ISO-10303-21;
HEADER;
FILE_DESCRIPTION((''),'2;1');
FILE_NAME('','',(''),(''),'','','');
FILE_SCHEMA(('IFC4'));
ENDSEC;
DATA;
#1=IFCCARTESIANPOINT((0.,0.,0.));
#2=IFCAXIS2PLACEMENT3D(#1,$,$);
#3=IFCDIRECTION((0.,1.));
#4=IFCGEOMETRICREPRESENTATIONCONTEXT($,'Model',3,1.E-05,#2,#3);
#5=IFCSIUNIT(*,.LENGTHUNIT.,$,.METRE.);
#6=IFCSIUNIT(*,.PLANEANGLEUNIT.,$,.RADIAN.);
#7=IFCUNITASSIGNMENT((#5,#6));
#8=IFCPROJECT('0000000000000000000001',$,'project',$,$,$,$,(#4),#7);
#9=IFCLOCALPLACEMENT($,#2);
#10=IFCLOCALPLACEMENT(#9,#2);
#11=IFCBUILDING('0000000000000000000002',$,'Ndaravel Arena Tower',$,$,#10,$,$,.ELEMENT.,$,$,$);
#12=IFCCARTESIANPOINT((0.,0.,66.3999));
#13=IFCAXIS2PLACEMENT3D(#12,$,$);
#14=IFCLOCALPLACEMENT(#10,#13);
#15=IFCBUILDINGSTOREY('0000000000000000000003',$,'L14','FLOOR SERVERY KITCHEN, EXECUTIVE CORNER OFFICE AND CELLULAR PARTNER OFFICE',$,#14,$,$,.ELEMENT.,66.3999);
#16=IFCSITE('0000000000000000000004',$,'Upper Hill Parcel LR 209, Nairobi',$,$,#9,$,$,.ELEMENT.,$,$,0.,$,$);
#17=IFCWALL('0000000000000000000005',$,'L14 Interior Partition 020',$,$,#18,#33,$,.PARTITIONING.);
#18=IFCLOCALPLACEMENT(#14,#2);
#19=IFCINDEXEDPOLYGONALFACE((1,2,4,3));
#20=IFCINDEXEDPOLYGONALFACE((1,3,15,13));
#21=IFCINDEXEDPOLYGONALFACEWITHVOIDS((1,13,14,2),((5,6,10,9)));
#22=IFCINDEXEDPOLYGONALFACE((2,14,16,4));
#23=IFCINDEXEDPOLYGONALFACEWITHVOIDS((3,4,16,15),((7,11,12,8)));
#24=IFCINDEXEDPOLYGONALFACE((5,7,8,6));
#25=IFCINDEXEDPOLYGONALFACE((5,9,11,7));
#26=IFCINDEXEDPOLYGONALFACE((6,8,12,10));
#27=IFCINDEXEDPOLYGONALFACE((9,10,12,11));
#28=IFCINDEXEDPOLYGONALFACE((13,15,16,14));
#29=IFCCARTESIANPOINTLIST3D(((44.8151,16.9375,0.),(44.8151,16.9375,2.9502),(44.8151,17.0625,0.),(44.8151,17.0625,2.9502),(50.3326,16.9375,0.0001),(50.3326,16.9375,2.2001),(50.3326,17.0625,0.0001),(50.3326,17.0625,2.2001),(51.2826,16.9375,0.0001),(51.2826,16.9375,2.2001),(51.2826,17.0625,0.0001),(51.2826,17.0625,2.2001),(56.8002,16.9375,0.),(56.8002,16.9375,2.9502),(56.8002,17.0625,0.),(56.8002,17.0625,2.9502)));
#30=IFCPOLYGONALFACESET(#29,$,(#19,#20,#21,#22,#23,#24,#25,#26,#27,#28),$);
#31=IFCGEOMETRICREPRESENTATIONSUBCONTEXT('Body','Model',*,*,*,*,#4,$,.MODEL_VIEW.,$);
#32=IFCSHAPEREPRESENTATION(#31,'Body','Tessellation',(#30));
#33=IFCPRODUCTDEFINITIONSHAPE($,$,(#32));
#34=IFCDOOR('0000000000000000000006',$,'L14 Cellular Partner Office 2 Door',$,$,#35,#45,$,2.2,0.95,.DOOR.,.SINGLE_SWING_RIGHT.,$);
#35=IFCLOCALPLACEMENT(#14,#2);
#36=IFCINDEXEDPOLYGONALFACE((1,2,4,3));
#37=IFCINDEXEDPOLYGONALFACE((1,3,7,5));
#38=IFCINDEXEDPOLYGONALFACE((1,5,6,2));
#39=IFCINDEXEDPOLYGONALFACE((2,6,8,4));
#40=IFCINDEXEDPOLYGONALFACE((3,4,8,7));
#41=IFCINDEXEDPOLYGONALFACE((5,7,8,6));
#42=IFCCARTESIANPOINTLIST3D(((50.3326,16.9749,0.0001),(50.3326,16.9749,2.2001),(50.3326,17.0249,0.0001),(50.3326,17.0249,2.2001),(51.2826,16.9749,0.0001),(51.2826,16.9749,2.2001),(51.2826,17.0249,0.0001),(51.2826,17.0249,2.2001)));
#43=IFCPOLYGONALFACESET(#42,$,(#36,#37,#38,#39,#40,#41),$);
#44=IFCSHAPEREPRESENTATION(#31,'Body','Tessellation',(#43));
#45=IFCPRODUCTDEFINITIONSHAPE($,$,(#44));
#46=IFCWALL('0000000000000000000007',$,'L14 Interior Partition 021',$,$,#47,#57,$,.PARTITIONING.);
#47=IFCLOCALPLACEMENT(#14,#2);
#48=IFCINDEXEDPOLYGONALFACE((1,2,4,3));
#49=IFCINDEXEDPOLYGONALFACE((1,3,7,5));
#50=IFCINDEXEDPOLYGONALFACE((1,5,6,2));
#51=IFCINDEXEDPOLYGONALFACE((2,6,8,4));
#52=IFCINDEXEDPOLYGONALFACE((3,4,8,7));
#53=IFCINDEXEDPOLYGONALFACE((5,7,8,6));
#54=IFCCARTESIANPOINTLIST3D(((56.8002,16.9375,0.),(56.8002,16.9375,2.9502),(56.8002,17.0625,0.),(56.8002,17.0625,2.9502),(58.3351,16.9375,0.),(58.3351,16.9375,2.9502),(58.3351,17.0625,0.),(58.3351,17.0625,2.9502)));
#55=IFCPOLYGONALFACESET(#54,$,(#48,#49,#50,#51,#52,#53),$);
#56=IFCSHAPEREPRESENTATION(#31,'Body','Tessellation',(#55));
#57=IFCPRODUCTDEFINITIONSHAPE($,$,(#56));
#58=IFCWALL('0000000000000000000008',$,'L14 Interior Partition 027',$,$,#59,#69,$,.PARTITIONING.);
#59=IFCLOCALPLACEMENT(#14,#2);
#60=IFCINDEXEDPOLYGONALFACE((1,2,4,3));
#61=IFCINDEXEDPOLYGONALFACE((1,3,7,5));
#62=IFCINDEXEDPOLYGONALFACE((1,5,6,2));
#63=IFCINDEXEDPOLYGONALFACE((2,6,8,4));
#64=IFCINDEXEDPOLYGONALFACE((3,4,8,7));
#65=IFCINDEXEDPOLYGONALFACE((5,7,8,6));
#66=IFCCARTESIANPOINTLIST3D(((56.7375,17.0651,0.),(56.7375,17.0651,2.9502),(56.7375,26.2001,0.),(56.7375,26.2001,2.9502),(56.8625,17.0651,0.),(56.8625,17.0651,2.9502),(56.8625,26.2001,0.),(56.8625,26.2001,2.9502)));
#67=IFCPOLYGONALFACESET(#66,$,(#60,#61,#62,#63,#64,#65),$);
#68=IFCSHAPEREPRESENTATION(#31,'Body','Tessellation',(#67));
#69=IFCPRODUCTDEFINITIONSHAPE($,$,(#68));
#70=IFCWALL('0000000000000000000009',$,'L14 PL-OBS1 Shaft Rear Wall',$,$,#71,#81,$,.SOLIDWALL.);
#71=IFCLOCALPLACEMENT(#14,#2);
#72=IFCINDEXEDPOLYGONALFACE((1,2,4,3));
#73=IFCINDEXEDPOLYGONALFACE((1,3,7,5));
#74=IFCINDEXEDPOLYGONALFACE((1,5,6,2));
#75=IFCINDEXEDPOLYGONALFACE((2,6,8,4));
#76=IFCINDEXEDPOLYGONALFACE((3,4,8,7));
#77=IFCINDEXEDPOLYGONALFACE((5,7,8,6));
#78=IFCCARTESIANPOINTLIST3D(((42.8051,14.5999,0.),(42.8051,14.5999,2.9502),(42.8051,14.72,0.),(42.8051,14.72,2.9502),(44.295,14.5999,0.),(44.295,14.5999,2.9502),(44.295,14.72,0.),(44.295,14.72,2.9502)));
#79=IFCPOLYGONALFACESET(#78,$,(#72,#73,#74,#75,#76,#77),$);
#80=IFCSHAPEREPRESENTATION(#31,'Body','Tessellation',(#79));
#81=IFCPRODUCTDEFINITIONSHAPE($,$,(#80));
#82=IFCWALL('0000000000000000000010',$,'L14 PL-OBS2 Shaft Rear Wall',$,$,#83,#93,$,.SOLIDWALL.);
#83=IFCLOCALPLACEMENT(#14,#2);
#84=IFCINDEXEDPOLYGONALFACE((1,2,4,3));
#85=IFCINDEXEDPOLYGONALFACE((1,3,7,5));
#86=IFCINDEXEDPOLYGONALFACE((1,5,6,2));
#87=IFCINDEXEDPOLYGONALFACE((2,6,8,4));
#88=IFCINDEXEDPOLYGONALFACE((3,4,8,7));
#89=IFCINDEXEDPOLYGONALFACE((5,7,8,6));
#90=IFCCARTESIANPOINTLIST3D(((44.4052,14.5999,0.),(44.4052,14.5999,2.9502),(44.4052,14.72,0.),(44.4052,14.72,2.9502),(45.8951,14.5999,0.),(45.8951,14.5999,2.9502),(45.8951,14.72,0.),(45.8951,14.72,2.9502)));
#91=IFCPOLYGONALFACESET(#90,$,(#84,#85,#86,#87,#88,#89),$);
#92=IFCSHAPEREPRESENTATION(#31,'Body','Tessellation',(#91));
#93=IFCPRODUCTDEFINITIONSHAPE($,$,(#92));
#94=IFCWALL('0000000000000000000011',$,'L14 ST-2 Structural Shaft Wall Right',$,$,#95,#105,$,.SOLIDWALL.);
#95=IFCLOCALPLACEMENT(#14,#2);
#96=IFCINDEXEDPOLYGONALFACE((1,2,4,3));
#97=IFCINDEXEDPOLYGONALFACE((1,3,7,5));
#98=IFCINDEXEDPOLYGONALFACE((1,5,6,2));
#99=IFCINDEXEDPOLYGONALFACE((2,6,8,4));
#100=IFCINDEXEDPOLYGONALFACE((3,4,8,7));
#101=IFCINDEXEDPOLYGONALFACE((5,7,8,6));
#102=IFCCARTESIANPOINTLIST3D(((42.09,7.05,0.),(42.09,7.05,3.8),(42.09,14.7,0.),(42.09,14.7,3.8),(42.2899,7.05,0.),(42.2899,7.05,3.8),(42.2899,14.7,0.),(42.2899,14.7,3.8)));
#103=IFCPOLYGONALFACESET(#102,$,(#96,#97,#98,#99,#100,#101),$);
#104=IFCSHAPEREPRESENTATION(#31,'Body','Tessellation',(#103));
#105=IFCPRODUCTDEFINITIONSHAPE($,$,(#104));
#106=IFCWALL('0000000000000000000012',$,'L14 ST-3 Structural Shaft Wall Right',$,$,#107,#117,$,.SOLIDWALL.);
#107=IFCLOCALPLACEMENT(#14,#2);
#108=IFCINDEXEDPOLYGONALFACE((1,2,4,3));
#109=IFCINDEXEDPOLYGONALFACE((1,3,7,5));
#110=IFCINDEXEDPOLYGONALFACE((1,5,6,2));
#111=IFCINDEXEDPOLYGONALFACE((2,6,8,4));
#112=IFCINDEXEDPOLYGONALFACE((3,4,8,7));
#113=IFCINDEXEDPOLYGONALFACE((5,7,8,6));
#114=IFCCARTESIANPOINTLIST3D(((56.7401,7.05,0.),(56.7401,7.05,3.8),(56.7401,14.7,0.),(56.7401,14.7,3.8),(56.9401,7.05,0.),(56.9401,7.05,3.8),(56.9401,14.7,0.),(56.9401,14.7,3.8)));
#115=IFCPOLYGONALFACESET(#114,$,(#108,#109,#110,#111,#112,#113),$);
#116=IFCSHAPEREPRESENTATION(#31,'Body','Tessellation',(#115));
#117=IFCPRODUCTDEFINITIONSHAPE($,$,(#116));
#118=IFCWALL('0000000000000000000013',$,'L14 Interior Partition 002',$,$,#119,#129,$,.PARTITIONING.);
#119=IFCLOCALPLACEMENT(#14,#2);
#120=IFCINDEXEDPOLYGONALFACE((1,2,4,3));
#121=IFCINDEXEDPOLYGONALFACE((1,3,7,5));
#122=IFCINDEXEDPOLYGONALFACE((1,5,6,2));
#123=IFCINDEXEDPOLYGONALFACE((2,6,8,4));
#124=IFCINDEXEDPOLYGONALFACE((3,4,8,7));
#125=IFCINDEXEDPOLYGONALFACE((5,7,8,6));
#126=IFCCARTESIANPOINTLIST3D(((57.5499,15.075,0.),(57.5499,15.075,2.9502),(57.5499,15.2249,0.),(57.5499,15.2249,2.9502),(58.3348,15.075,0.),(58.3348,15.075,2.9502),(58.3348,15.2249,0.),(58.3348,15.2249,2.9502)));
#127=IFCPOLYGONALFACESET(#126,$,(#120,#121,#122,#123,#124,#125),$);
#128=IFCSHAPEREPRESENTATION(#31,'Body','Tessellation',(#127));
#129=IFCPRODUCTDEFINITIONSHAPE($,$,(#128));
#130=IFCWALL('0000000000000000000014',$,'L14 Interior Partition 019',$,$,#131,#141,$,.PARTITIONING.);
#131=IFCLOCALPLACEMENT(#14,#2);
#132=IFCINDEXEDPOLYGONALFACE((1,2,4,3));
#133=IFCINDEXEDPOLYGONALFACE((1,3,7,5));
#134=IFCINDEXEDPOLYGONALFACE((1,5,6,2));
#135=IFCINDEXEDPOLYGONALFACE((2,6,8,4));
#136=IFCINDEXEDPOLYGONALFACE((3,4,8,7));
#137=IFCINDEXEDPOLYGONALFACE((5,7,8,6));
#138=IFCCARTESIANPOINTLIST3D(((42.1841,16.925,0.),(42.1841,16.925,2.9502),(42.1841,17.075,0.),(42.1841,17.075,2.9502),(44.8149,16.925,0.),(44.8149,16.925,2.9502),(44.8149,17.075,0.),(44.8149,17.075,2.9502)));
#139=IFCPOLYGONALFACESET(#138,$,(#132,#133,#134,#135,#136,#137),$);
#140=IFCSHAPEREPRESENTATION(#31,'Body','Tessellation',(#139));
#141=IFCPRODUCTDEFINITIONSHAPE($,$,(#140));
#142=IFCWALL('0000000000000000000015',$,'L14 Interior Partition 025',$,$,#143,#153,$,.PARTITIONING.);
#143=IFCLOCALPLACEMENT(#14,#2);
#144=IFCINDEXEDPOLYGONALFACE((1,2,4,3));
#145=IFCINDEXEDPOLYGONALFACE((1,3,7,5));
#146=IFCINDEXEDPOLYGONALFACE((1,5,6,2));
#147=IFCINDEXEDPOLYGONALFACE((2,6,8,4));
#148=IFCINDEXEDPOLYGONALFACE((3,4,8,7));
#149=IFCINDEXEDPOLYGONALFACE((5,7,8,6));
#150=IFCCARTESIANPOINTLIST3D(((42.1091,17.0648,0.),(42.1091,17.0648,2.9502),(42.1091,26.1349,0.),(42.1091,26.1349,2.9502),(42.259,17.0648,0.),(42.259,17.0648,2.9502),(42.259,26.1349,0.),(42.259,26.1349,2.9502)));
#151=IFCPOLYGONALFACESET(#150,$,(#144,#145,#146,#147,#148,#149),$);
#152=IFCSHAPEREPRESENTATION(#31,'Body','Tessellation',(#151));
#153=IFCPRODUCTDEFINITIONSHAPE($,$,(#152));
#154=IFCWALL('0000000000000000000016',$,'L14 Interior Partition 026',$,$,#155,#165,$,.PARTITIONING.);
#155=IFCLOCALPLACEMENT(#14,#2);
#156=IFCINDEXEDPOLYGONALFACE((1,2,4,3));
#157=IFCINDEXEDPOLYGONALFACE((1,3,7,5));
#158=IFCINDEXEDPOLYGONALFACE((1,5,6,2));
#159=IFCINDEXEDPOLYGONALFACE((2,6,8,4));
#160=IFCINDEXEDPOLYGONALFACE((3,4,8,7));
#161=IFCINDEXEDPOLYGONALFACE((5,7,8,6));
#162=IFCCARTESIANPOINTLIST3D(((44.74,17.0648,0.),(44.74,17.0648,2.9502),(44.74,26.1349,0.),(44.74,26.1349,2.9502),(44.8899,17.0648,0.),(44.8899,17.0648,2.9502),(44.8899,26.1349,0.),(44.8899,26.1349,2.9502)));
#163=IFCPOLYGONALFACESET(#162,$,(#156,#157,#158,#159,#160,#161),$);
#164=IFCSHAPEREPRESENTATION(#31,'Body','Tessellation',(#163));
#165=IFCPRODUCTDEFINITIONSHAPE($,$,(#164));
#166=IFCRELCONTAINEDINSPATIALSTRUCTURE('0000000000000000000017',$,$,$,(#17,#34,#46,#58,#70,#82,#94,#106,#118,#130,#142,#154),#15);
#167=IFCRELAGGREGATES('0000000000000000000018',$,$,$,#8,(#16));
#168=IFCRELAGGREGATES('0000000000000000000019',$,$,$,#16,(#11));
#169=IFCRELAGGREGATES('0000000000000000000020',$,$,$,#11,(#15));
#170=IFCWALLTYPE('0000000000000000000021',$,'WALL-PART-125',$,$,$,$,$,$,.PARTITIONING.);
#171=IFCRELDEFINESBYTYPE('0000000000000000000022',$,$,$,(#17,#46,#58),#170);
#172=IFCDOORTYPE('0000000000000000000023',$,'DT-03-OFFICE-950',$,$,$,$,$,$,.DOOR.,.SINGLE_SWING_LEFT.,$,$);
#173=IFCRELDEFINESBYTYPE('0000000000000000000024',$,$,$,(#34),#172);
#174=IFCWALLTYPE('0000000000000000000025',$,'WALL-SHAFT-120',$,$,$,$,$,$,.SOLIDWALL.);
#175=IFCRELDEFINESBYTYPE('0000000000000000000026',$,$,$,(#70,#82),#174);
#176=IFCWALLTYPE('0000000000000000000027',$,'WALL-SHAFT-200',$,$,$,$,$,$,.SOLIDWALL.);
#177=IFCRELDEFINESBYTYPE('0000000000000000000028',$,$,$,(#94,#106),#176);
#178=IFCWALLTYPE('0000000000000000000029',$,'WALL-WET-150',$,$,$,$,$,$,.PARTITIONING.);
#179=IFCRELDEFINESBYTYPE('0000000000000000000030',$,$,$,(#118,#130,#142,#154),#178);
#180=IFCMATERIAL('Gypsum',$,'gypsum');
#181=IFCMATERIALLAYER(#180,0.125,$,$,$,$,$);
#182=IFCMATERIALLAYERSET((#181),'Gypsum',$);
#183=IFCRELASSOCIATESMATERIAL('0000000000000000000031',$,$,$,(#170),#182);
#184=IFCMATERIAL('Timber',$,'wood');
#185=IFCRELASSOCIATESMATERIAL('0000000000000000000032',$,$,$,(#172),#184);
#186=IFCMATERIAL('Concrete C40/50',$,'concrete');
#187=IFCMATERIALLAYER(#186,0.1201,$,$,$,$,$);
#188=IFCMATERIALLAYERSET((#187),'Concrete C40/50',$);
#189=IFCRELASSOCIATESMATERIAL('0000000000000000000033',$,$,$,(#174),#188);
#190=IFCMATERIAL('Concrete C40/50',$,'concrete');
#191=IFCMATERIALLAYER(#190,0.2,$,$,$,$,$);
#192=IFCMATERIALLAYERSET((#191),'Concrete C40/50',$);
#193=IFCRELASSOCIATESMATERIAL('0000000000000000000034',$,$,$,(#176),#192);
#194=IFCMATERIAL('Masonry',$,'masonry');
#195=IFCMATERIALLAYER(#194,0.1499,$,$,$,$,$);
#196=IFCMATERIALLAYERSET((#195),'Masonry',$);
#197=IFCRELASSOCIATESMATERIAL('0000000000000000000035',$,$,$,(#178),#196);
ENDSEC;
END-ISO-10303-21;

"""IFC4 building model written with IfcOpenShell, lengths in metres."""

from ifc_helpers import new_model, si_unit, direction, frame, frame_2d, origin, place, context, subcontext, project, spatial, rectangle, extrude, material, layer, layer_set, type_object, element, fill, save


model = new_model("IFC4")

# Units and contexts
model_context = context("Model", 3, precision=1e-05, world=origin(), true_north=direction((0.0, 1.0)))
body_context = subcontext(model_context, "Body", "Model", "MODEL_VIEW")
ifc_project = project(units=[si_unit("LENGTHUNIT", "METRE"), si_unit("PLANEANGLEUNIT", "RADIAN")], contexts=[model_context])

# Site, building, storey
site_placement = place(None, origin())
site = spatial("IfcSite", under=ifc_project, at=site_placement, Name="Upper Hill Parcel LR 209, Nairobi", CompositionType="ELEMENT", RefElevation=0.0)
building_placement = place(site_placement, origin())
building = spatial("IfcBuilding", under=site, at=building_placement, Name="Ndaravel Arena Tower", CompositionType="ELEMENT")
storey_placement = place(building_placement, frame((0.0, 0.0, 66.3999)))
storey = spatial("IfcBuildingStorey", under=building, at=storey_placement, Name="L14", Description="FLOOR SERVERY KITCHEN, EXECUTIVE CORNER OFFICE AND CELLULAR PARTNER OFFICE", CompositionType="ELEMENT", Elevation=66.3999)

# Shared definitions
ifc_material_1 = material(Name="Gypsum", Category="gypsum")
ifc_layer_1 = layer(ifc_material_1, 0.125)
ifc_layer_set_1 = layer_set([ifc_layer_1], Name="Gypsum")
wall_type_1 = type_object("IfcWallType", Name="WALL-PART-125", PredefinedType="PARTITIONING", material=ifc_layer_set_1)

# Wall, opening, door
ifc_material_2 = material(Name="Timber", Category="wood")
door_type_1 = type_object("IfcDoorType", Name="DT-03-OFFICE-950", OperationType="SINGLE_SWING_LEFT", PredefinedType="DOOR", material=ifc_material_2)
wall_1_placement = place(storey_placement, frame((44.8149, 17.0, 0.0), z_axis=(0.0, 0.0, 1.0), x_axis=(1.0, 0.0, 0.0)))
wall_1 = element("IfcWall", 1, at=wall_1_placement, inside=storey, type_object=wall_type_1, Name="L14 Interior Partition 020", PredefinedType="PARTITIONING", context=body_context, shape_type="SweptSolid", body=[
    extrude(rectangle(XDim=11.9851, YDim=0.125, at=frame_2d((5.9927, 0.0))), origin(), (0.0, 0.0, 1.0), 2.9502),
])
opening_1_placement = place(wall_1_placement, frame((5.5176, 0.0, 0.0)))
opening_1 = element("IfcOpeningElement", 2, at=opening_1_placement, cuts=wall_1, PredefinedType="OPENING", context=body_context, shape_type="SweptSolid", body=[
    extrude(rectangle(XDim=0.95, YDim=2.2, at=frame_2d((0.4751, 1.1001))), frame((0.0, 0.0625, 0.0), z_axis=(0.0, -1.0, 0.0), x_axis=(1.0, 0.0, 0.0)), (0.0, 0.0, 1.0), 0.125),
])
door_1_placement = place(opening_1_placement, origin())
door_1 = element("IfcDoor", 3, at=door_1_placement, inside=storey, type_object=door_type_1, Name="L14 Cellular Partner Office 2 Door", OperationType="SINGLE_SWING_RIGHT", OverallHeight=2.2, OverallWidth=0.95, PredefinedType="DOOR", context=body_context, shape_type="SweptSolid", body=[
    extrude(rectangle(XDim=0.95, YDim=2.2, at=frame_2d((0.4751, 1.1001))), frame((0.0, 0.0249, 0.0), z_axis=(0.0, -1.0, 0.0), x_axis=(1.0, 0.0, 0.0)), (0.0, 0.0, 1.0), 0.05),
])
fill(opening_1, door_1)

# Walls
wall_2_placement = place(storey_placement, frame((56.8, 17.0, 0.0), z_axis=(0.0, 0.0, 1.0), x_axis=(1.0, 0.0, 0.0)))
element("IfcWall", 4, at=wall_2_placement, inside=storey, type_object=wall_type_1, Name="L14 Interior Partition 021", PredefinedType="PARTITIONING", context=body_context, shape_type="SweptSolid", body=[
    extrude(rectangle(XDim=1.5349, YDim=0.125, at=frame_2d((0.7676, 0.0))), origin(), (0.0, 0.0, 1.0), 2.9502),
])
wall_3_placement = place(storey_placement, frame((56.8, 26.2, 0.0), z_axis=(0.0, 0.0, 1.0), x_axis=(0.0, -1.0, 0.0)))
element("IfcWall", 5, at=wall_3_placement, inside=storey, type_object=wall_type_1, Name="L14 Interior Partition 027", PredefinedType="PARTITIONING", context=body_context, shape_type="SweptSolid", body=[
    extrude(rectangle(XDim=9.135, YDim=0.125, at=frame_2d((4.5674, 0.0))), origin(), (0.0, 0.0, 1.0), 2.9502),
])
ifc_material_3 = material(Name="Concrete C40/50", Category="concrete")
ifc_layer_2 = layer(ifc_material_3, 0.1201)
ifc_layer_set_2 = layer_set([ifc_layer_2], Name="Concrete C40/50")
wall_type_2 = type_object("IfcWallType", Name="WALL-SHAFT-120", PredefinedType="SOLIDWALL", material=ifc_layer_set_2)
for number, where, z_axis, x_axis, name in (
    (6, (42.8049, 14.6599, 0.0), (0.0, 0.0, 1.0), (1.0, 0.0, 0.0), "L14 PL-OBS1 Shaft Rear Wall"),
    (7, (44.405, 14.6599, 0.0), (0.0, 0.0, 1.0), (1.0, 0.0, 0.0), "L14 PL-OBS2 Shaft Rear Wall"),
):
    element("IfcWall", number, at=place(storey_placement, frame(where, z_axis=z_axis, x_axis=x_axis)), inside=storey, type_object=wall_type_2, Name=name, PredefinedType="SOLIDWALL", context=body_context, shape_type="SweptSolid", body=[
        extrude(rectangle(XDim=1.49, YDim=0.1201, at=frame_2d((0.7451, 0.0))), origin(), (0.0, 0.0, 1.0), 2.9502),
    ])
ifc_material_4 = material(Name="Concrete C40/50", Category="concrete")
ifc_layer_3 = layer(ifc_material_4, 0.2)
ifc_layer_set_3 = layer_set([ifc_layer_3], Name="Concrete C40/50")
wall_type_3 = type_object("IfcWallType", Name="WALL-SHAFT-200", PredefinedType="SOLIDWALL", material=ifc_layer_set_3)
for number, where, z_axis, x_axis, name in (
    (8, (42.1899, 14.7, 0.0), (0.0, 0.0, 1.0), (0.0, -1.0, 0.0), "L14 ST-2 Structural Shaft Wall Right"),
    (9, (56.8401, 14.7, 0.0), (0.0, 0.0, 1.0), (0.0, -1.0, 0.0), "L14 ST-3 Structural Shaft Wall Right"),
):
    element("IfcWall", number, at=place(storey_placement, frame(where, z_axis=z_axis, x_axis=x_axis)), inside=storey, type_object=wall_type_3, Name=name, PredefinedType="SOLIDWALL", context=body_context, shape_type="SweptSolid", body=[
        extrude(rectangle(XDim=7.6499, YDim=0.2, at=frame_2d((3.825, 0.0))), origin(), (0.0, 0.0, 1.0), 3.8),
    ])
ifc_material_5 = material(Name="Masonry", Category="masonry")
ifc_layer_4 = layer(ifc_material_5, 0.1499)
ifc_layer_set_4 = layer_set([ifc_layer_4], Name="Masonry")
wall_type_4 = type_object("IfcWallType", Name="WALL-WET-150", PredefinedType="PARTITIONING", material=ifc_layer_set_4)
wall_4_placement = place(storey_placement, frame((58.335, 15.1499, 0.0), z_axis=(0.0, 0.0, 1.0), x_axis=(-1.0, 0.0, 0.0)))
element("IfcWall", 10, at=wall_4_placement, inside=storey, type_object=wall_type_4, Name="L14 Interior Partition 002", PredefinedType="PARTITIONING", context=body_context, shape_type="SweptSolid", body=[
    extrude(rectangle(XDim=0.7849, YDim=0.1499, at=frame_2d((0.3926, 0.0))), origin(), (0.0, 0.0, 1.0), 2.9502),
])

# Walls
wall_5_placement = place(storey_placement, frame((42.1841, 17.0, 0.0), z_axis=(0.0, 0.0, 1.0), x_axis=(1.0, 0.0, 0.0)))
element("IfcWall", 11, at=wall_5_placement, inside=storey, type_object=wall_type_4, Name="L14 Interior Partition 019", PredefinedType="PARTITIONING", context=body_context, shape_type="SweptSolid", body=[
    extrude(rectangle(XDim=2.6309, YDim=0.1499, at=frame_2d((1.3154, 0.0))), origin(), (0.0, 0.0, 1.0), 2.9502),
])
for number, where, z_axis, x_axis, name in (
    (12, (42.1841, 26.135, 0.0), (0.0, 0.0, 1.0), (0.0, -1.0, 0.0), "L14 Interior Partition 025"),
    (13, (44.8149, 26.135, 0.0), (0.0, 0.0, 1.0), (0.0, -1.0, 0.0), "L14 Interior Partition 026"),
):
    element("IfcWall", number, at=place(storey_placement, frame(where, z_axis=z_axis, x_axis=x_axis)), inside=storey, type_object=wall_type_4, Name=name, PredefinedType="PARTITIONING", context=body_context, shape_type="SweptSolid", body=[
        extrude(rectangle(XDim=9.0701, YDim=0.1499, at=frame_2d((4.5352, 0.0))), origin(), (0.0, 0.0, 1.0), 2.9502),
    ])

save(model, "model.ifc")
